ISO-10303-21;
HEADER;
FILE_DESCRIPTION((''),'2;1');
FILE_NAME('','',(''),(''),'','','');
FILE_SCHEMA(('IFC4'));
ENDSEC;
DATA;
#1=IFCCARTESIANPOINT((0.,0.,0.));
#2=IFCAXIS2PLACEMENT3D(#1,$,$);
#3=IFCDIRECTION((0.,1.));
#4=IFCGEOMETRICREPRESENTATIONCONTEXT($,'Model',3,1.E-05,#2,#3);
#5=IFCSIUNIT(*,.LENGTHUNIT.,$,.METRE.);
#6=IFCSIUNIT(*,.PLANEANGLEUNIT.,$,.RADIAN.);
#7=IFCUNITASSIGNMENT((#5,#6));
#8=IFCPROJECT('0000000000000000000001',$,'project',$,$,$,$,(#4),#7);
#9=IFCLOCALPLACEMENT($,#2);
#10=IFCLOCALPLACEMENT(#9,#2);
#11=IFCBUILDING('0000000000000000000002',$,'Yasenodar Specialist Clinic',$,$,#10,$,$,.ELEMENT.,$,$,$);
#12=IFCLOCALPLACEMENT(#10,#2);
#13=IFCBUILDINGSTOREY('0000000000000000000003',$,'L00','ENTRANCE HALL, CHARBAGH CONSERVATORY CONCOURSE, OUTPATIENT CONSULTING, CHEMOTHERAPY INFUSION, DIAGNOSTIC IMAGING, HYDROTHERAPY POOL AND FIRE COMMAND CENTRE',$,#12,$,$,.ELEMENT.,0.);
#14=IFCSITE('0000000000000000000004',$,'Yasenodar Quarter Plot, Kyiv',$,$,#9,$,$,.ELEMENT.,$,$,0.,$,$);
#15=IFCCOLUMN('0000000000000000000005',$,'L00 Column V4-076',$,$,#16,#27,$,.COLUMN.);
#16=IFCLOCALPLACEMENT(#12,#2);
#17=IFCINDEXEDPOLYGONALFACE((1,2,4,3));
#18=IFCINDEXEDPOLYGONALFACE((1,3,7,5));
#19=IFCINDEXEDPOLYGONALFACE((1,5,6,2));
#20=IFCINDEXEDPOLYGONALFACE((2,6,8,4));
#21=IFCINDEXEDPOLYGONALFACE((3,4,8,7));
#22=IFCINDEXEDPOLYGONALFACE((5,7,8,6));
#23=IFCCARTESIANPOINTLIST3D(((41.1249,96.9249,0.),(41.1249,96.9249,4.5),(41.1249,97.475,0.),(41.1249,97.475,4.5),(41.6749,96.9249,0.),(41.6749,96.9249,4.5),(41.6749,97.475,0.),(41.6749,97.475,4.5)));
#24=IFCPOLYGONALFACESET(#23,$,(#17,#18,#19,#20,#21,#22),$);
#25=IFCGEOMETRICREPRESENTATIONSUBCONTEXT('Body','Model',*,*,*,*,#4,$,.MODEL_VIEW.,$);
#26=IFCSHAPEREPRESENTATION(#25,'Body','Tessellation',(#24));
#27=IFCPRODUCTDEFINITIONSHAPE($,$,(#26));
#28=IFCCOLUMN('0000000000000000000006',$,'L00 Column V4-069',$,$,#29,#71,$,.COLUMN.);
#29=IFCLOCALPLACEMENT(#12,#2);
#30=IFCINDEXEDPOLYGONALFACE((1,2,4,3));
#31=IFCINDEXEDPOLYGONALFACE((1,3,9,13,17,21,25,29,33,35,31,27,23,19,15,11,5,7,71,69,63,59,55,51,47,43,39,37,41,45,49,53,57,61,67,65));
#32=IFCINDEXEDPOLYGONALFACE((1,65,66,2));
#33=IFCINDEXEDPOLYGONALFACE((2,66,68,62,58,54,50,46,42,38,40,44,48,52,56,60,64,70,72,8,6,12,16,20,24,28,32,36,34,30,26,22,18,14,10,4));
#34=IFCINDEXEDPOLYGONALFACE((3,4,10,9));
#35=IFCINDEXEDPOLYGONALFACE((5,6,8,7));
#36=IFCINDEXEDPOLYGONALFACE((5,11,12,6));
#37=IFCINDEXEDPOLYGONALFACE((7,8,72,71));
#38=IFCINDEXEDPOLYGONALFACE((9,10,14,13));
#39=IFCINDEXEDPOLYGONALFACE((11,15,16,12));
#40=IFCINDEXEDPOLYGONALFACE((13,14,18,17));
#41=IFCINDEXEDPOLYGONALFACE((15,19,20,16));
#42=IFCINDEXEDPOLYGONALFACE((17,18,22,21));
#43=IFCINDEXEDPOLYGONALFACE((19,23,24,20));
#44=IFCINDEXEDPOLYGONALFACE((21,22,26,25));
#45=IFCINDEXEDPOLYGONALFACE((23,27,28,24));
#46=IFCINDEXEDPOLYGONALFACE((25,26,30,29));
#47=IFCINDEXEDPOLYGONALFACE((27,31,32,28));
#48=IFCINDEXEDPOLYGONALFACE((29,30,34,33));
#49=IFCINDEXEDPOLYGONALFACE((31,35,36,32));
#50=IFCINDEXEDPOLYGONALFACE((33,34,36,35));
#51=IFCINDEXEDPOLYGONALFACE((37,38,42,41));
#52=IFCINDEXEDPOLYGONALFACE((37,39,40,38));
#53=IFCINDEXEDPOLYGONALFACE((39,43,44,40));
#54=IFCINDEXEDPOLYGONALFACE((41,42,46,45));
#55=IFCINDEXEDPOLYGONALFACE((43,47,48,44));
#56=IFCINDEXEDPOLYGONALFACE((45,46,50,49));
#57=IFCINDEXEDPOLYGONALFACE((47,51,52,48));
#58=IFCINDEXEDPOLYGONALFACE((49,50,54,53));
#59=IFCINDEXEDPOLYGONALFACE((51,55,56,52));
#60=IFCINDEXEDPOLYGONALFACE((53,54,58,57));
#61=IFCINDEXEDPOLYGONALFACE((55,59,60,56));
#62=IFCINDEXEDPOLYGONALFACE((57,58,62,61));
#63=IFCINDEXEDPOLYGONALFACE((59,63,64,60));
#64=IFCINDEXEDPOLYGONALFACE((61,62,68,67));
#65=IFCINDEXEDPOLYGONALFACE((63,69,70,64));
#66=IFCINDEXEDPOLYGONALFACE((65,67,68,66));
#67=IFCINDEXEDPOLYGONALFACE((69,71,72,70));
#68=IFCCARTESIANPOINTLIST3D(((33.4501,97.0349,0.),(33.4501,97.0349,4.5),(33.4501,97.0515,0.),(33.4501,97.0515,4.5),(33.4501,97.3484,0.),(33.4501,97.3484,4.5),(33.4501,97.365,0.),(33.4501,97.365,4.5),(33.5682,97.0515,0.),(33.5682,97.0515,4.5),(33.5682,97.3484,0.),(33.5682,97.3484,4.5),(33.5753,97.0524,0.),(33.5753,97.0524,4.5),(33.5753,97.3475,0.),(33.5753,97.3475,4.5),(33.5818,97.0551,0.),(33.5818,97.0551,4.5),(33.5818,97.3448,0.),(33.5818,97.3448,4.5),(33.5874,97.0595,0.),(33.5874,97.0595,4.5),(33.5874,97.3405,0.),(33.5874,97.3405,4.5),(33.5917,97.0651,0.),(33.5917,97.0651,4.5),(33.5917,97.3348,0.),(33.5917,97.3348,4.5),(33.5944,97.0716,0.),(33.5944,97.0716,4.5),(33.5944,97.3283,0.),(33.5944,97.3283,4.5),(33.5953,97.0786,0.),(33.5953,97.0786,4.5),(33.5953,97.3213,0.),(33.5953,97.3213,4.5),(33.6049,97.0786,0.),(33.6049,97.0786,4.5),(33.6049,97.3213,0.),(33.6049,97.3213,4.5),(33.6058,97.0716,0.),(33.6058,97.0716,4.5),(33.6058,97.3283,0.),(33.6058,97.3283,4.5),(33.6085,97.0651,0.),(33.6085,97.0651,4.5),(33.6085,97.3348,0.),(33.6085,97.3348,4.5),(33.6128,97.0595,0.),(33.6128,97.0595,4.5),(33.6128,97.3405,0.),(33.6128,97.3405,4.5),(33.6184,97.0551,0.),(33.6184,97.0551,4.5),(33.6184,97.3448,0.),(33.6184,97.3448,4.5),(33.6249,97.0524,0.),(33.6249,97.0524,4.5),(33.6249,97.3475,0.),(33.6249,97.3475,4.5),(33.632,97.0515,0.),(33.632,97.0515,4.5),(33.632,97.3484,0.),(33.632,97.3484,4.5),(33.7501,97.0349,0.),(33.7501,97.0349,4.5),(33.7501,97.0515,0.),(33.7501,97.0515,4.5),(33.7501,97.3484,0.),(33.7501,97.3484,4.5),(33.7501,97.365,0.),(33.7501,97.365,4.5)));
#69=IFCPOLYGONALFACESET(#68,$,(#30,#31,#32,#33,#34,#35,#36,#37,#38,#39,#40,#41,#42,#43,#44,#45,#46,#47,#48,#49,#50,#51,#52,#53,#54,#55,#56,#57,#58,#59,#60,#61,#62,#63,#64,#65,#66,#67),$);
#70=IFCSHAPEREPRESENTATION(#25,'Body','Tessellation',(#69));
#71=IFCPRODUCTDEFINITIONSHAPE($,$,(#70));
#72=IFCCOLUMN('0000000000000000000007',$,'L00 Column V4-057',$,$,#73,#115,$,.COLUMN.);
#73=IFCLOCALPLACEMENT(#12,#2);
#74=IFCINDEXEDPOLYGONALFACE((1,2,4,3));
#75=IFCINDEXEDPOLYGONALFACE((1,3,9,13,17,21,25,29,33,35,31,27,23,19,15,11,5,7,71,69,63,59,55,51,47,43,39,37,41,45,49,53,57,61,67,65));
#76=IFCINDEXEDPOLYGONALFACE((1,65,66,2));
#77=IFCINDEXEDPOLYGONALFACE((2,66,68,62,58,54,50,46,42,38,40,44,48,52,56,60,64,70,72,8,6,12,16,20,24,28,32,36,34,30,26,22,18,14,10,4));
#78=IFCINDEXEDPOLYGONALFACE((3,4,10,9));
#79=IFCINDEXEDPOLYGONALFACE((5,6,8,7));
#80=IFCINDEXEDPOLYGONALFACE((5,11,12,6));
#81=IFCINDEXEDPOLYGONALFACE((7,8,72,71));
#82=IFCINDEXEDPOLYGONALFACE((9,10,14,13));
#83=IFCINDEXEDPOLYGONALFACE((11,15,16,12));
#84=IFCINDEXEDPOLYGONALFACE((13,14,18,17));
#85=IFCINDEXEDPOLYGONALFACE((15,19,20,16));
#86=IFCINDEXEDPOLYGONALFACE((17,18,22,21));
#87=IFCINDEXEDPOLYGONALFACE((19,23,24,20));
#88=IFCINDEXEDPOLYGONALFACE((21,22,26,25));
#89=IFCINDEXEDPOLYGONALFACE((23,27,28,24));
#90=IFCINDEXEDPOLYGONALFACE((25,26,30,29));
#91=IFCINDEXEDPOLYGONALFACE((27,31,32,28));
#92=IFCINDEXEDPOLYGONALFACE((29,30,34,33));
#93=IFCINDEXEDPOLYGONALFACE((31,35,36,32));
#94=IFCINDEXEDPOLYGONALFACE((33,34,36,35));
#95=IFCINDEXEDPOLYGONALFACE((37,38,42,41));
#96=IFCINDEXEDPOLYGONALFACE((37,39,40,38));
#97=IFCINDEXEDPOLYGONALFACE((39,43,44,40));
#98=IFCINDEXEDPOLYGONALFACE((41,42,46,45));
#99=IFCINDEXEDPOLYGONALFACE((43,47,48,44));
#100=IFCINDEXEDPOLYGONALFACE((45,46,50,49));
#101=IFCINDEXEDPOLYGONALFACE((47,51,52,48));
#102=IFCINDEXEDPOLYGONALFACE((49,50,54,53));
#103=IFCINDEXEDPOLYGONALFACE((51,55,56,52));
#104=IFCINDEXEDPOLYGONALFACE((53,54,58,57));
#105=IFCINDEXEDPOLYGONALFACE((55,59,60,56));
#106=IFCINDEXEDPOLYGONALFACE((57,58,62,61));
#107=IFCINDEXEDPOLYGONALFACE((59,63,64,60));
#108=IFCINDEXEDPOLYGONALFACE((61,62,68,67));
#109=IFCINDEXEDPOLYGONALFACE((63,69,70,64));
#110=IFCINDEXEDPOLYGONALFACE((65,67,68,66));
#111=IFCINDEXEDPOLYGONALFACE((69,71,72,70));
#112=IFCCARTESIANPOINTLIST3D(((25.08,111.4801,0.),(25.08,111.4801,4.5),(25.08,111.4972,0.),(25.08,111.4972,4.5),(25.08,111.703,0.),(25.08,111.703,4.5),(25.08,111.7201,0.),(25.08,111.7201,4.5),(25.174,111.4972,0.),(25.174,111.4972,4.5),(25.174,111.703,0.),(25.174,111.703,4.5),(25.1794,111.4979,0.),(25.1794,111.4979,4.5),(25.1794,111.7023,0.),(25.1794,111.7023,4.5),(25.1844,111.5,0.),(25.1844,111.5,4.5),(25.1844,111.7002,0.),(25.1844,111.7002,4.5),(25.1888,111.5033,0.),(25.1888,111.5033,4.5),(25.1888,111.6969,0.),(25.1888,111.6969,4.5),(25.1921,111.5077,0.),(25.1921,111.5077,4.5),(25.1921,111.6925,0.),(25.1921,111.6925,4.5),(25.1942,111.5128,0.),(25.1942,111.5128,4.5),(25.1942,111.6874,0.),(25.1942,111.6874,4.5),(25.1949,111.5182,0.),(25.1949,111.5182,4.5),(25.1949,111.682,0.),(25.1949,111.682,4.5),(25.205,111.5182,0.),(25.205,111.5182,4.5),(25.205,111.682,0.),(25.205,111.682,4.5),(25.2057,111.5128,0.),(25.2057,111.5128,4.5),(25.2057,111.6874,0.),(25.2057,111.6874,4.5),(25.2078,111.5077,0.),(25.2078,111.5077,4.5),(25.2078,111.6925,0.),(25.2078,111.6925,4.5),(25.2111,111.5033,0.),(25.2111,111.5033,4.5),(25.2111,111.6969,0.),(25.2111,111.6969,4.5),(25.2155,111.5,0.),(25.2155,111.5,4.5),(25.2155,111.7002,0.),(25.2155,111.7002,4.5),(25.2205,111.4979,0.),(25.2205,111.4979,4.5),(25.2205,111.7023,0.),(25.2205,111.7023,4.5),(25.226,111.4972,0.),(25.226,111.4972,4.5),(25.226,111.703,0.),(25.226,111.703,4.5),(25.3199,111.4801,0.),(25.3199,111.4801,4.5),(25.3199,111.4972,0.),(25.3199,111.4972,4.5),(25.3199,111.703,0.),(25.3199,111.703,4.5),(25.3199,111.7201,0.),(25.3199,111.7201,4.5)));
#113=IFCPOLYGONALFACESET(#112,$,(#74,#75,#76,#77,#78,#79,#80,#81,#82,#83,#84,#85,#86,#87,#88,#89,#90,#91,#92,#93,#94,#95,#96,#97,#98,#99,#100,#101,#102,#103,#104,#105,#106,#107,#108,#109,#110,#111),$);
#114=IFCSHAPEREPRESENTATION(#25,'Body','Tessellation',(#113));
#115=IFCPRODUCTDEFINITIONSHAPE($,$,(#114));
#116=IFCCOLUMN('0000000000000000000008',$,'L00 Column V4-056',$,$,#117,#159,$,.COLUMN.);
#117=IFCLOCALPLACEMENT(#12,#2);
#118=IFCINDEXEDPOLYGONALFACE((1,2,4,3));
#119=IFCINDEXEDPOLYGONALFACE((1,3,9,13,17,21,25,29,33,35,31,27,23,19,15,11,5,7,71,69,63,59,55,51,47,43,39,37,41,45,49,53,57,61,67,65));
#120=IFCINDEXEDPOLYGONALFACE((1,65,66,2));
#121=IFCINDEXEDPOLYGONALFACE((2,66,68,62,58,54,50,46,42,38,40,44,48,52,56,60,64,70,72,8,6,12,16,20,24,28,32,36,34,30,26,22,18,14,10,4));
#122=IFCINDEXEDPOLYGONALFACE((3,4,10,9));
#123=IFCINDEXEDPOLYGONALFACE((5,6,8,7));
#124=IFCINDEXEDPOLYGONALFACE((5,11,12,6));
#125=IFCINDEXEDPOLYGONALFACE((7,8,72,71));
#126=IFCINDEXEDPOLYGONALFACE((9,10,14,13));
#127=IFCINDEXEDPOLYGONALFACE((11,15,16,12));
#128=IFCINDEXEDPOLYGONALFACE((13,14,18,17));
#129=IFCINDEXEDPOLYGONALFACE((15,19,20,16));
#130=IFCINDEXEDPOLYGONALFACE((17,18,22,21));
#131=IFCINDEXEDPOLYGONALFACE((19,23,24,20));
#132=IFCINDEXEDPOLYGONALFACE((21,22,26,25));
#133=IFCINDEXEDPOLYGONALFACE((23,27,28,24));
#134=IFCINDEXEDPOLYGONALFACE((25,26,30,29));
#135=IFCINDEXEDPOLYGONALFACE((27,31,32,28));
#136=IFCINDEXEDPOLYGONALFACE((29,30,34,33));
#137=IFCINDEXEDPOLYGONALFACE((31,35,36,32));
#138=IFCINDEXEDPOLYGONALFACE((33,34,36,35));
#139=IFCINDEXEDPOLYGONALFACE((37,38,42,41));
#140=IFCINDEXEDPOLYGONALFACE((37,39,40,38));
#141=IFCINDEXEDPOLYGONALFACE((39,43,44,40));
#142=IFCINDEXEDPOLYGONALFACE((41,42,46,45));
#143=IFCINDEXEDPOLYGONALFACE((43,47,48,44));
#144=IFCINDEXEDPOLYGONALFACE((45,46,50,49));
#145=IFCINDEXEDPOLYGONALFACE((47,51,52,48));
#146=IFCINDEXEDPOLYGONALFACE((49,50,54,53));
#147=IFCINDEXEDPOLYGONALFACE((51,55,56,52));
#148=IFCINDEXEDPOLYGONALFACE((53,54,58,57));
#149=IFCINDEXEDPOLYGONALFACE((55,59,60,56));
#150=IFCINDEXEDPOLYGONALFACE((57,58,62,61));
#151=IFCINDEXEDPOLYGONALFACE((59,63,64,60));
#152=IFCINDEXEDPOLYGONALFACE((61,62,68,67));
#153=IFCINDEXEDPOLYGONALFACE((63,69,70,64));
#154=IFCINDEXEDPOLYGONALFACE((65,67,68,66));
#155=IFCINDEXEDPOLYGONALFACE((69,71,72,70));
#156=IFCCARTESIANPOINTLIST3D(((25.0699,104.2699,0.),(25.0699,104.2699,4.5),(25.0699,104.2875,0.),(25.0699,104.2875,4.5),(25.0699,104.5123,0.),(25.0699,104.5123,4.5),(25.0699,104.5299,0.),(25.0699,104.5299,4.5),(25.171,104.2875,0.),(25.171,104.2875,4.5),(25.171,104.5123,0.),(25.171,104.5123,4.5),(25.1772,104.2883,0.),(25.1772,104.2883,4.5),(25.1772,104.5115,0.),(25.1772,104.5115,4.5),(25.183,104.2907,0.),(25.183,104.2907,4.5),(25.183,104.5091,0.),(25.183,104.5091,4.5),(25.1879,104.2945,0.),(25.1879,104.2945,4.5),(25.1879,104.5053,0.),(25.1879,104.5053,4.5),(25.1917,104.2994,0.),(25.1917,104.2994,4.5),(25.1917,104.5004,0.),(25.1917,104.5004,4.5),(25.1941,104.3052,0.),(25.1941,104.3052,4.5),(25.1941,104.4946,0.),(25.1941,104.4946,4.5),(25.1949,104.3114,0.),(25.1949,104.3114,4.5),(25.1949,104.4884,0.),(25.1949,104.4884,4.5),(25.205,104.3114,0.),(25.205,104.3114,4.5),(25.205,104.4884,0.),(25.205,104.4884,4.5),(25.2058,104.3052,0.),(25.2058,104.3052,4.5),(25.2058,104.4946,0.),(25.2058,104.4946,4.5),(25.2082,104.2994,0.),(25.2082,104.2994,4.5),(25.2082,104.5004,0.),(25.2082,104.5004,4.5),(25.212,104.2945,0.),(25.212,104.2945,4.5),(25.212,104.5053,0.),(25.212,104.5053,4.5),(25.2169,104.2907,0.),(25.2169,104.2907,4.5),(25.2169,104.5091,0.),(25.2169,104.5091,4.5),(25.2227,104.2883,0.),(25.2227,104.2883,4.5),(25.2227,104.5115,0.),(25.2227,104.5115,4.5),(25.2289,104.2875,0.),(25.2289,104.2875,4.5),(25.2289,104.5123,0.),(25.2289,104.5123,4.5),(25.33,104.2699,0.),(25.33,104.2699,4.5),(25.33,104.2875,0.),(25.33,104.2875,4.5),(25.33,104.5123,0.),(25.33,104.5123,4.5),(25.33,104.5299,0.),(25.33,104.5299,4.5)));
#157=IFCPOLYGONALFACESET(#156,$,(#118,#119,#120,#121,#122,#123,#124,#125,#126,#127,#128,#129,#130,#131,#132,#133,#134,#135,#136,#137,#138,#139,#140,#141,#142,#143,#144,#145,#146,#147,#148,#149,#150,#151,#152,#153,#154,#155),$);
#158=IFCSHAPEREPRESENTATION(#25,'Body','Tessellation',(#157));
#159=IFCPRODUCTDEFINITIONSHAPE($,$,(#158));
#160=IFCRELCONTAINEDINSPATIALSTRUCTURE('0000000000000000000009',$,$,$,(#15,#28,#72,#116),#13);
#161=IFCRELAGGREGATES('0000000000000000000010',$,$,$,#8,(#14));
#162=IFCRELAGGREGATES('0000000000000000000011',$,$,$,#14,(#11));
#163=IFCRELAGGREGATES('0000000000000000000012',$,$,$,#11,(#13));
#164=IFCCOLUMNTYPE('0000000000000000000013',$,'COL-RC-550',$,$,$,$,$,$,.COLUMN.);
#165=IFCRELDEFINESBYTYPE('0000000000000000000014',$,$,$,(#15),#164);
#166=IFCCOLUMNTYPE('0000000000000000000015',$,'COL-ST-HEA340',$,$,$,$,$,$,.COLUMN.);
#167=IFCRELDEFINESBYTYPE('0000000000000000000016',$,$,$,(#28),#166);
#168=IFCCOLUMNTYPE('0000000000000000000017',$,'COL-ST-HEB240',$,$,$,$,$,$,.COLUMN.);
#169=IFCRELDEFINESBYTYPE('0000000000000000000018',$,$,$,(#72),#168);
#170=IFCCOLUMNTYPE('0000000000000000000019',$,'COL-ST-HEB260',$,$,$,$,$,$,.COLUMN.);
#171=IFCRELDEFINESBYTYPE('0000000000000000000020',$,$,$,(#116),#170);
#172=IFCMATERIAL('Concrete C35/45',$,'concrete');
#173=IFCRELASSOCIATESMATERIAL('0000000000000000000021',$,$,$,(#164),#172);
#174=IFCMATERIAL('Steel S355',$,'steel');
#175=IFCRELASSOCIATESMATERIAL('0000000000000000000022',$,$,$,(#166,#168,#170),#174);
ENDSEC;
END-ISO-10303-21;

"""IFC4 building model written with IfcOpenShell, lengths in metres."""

from ifc_helpers import new_model, si_unit, direction, frame, origin, origin_2d, place, context, subcontext, project, spatial, rectangle, i_section, extrude, material, material_profile, profile_set, type_object, element, save


model = new_model("IFC4")

# Units and contexts
model_context = context("Model", 3, precision=1e-05, world=origin(), true_north=direction((0.0, 1.0)))
body_context = subcontext(model_context, "Body", "Model", "MODEL_VIEW")
ifc_project = project(units=[si_unit("LENGTHUNIT", "METRE"), si_unit("PLANEANGLEUNIT", "RADIAN")], contexts=[model_context])

# Site, building, storey
site_placement = place(None, origin())
site = spatial("IfcSite", under=ifc_project, at=site_placement, Name="Yasenodar Quarter Plot, Kyiv", CompositionType="ELEMENT", RefElevation=0.0)
building_placement = place(site_placement, origin())
building = spatial("IfcBuilding", under=site, at=building_placement, Name="Yasenodar Specialist Clinic", CompositionType="ELEMENT")
storey_placement = place(building_placement, origin())
storey = spatial("IfcBuildingStorey", under=building, at=storey_placement, Name="L00", Description="ENTRANCE HALL, CHARBAGH CONSERVATORY CONCOURSE, OUTPATIENT CONSULTING, CHEMOTHERAPY INFUSION, DIAGNOSTIC IMAGING, HYDROTHERAPY POOL AND FIRE COMMAND CENTRE", CompositionType="ELEMENT", Elevation=0.0)

# Columns
ifc_material_1 = material(Name="Concrete C35/45", Category="concrete")
ifc_material_profile_1 = material_profile(ifc_material_1, rectangle(XDim=0.55, YDim=0.55, at=origin_2d()), Name="RC 550x550")
ifc_profile_set_1 = profile_set([ifc_material_profile_1], Name="Concrete C35/45")
column_type_1 = type_object("IfcColumnType", Name="COL-RC-550", PredefinedType="COLUMN", material=ifc_profile_set_1)
column_1_placement = place(storey_placement, frame((41.3999, 97.2, 0.0), z_axis=(0.0, 0.0, 1.0), x_axis=(1.0, 0.0, 0.0)))
element("IfcColumn", 1, at=column_1_placement, inside=storey, type_object=column_type_1, Name="L00 Column V4-076", PredefinedType="COLUMN", context=body_context, shape_type="SweptSolid", body=[
    extrude(rectangle(XDim=0.55, YDim=0.55, at=origin_2d()), origin(), (0.0, 0.0, 1.0), 4.5),
])
ifc_material_2 = material(Name="Steel S355", Category="steel")
ifc_material_profile_2 = material_profile(ifc_material_2, i_section(OverallWidth=0.3, OverallDepth=0.3301, WebThickness=0.0095, FlangeThickness=0.0166, FilletRadius=0.0271, at=origin_2d()), Name="HEA 340")
ifc_profile_set_2 = profile_set([ifc_material_profile_2], Name="Steel S355")
column_type_2 = type_object("IfcColumnType", Name="COL-ST-HEA340", PredefinedType="COLUMN", material=ifc_profile_set_2)
column_2_placement = place(storey_placement, frame((33.6001, 97.2, 0.0), z_axis=(0.0, 0.0, 1.0), x_axis=(1.0, 0.0, 0.0)))
element("IfcColumn", 2, at=column_2_placement, inside=storey, type_object=column_type_2, Name="L00 Column V4-069", PredefinedType="COLUMN", context=body_context, shape_type="SweptSolid", body=[
    extrude(i_section(OverallWidth=0.3, OverallDepth=0.3301, WebThickness=0.0095, FlangeThickness=0.0166, FilletRadius=0.0271, at=origin_2d()), origin(), (0.0, 0.0, 1.0), 4.5),
])
ifc_material_profile_3 = material_profile(ifc_material_2, i_section(OverallWidth=0.24, OverallDepth=0.24, WebThickness=0.01, FlangeThickness=0.0171, FilletRadius=0.021, at=origin_2d()), Name="HEB 240")
ifc_profile_set_3 = profile_set([ifc_material_profile_3], Name="Steel S355")
column_type_3 = type_object("IfcColumnType", Name="COL-ST-HEB240", PredefinedType="COLUMN", material=ifc_profile_set_3)
column_3_placement = place(storey_placement, frame((25.2, 111.6001, 0.0), z_axis=(0.0, 0.0, 1.0), x_axis=(1.0, 0.0, 0.0)))
element("IfcColumn", 3, at=column_3_placement, inside=storey, type_object=column_type_3, Name="L00 Column V4-057", PredefinedType="COLUMN", context=body_context, shape_type="SweptSolid", body=[
    extrude(i_section(OverallWidth=0.24, OverallDepth=0.24, WebThickness=0.01, FlangeThickness=0.0171, FilletRadius=0.021, at=origin_2d()), origin(), (0.0, 0.0, 1.0), 4.5),
])
ifc_material_profile_4 = material_profile(ifc_material_2, i_section(OverallWidth=0.26, OverallDepth=0.26, WebThickness=0.01, FlangeThickness=0.0176, FilletRadius=0.0239, at=origin_2d()), Name="HEB 260")
ifc_profile_set_4 = profile_set([ifc_material_profile_4], Name="Steel S355")
column_type_4 = type_object("IfcColumnType", Name="COL-ST-HEB260", PredefinedType="COLUMN", material=ifc_profile_set_4)
for number, where, z_axis, x_axis, name in (
    (4, (25.2, 104.3999, 0.0), (0.0, 0.0, 1.0), (1.0, 0.0, 0.0), "L00 Column V4-056"),
):
    element("IfcColumn", number, at=place(storey_placement, frame(where, z_axis=z_axis, x_axis=x_axis)), inside=storey, type_object=column_type_4, Name=name, PredefinedType="COLUMN", context=body_context, shape_type="SweptSolid", body=[
        extrude(i_section(OverallWidth=0.26, OverallDepth=0.26, WebThickness=0.01, FlangeThickness=0.0176, FilletRadius=0.0239, at=origin_2d()), origin(), (0.0, 0.0, 1.0), 4.5),
    ])

save(model, "model.ifc")
